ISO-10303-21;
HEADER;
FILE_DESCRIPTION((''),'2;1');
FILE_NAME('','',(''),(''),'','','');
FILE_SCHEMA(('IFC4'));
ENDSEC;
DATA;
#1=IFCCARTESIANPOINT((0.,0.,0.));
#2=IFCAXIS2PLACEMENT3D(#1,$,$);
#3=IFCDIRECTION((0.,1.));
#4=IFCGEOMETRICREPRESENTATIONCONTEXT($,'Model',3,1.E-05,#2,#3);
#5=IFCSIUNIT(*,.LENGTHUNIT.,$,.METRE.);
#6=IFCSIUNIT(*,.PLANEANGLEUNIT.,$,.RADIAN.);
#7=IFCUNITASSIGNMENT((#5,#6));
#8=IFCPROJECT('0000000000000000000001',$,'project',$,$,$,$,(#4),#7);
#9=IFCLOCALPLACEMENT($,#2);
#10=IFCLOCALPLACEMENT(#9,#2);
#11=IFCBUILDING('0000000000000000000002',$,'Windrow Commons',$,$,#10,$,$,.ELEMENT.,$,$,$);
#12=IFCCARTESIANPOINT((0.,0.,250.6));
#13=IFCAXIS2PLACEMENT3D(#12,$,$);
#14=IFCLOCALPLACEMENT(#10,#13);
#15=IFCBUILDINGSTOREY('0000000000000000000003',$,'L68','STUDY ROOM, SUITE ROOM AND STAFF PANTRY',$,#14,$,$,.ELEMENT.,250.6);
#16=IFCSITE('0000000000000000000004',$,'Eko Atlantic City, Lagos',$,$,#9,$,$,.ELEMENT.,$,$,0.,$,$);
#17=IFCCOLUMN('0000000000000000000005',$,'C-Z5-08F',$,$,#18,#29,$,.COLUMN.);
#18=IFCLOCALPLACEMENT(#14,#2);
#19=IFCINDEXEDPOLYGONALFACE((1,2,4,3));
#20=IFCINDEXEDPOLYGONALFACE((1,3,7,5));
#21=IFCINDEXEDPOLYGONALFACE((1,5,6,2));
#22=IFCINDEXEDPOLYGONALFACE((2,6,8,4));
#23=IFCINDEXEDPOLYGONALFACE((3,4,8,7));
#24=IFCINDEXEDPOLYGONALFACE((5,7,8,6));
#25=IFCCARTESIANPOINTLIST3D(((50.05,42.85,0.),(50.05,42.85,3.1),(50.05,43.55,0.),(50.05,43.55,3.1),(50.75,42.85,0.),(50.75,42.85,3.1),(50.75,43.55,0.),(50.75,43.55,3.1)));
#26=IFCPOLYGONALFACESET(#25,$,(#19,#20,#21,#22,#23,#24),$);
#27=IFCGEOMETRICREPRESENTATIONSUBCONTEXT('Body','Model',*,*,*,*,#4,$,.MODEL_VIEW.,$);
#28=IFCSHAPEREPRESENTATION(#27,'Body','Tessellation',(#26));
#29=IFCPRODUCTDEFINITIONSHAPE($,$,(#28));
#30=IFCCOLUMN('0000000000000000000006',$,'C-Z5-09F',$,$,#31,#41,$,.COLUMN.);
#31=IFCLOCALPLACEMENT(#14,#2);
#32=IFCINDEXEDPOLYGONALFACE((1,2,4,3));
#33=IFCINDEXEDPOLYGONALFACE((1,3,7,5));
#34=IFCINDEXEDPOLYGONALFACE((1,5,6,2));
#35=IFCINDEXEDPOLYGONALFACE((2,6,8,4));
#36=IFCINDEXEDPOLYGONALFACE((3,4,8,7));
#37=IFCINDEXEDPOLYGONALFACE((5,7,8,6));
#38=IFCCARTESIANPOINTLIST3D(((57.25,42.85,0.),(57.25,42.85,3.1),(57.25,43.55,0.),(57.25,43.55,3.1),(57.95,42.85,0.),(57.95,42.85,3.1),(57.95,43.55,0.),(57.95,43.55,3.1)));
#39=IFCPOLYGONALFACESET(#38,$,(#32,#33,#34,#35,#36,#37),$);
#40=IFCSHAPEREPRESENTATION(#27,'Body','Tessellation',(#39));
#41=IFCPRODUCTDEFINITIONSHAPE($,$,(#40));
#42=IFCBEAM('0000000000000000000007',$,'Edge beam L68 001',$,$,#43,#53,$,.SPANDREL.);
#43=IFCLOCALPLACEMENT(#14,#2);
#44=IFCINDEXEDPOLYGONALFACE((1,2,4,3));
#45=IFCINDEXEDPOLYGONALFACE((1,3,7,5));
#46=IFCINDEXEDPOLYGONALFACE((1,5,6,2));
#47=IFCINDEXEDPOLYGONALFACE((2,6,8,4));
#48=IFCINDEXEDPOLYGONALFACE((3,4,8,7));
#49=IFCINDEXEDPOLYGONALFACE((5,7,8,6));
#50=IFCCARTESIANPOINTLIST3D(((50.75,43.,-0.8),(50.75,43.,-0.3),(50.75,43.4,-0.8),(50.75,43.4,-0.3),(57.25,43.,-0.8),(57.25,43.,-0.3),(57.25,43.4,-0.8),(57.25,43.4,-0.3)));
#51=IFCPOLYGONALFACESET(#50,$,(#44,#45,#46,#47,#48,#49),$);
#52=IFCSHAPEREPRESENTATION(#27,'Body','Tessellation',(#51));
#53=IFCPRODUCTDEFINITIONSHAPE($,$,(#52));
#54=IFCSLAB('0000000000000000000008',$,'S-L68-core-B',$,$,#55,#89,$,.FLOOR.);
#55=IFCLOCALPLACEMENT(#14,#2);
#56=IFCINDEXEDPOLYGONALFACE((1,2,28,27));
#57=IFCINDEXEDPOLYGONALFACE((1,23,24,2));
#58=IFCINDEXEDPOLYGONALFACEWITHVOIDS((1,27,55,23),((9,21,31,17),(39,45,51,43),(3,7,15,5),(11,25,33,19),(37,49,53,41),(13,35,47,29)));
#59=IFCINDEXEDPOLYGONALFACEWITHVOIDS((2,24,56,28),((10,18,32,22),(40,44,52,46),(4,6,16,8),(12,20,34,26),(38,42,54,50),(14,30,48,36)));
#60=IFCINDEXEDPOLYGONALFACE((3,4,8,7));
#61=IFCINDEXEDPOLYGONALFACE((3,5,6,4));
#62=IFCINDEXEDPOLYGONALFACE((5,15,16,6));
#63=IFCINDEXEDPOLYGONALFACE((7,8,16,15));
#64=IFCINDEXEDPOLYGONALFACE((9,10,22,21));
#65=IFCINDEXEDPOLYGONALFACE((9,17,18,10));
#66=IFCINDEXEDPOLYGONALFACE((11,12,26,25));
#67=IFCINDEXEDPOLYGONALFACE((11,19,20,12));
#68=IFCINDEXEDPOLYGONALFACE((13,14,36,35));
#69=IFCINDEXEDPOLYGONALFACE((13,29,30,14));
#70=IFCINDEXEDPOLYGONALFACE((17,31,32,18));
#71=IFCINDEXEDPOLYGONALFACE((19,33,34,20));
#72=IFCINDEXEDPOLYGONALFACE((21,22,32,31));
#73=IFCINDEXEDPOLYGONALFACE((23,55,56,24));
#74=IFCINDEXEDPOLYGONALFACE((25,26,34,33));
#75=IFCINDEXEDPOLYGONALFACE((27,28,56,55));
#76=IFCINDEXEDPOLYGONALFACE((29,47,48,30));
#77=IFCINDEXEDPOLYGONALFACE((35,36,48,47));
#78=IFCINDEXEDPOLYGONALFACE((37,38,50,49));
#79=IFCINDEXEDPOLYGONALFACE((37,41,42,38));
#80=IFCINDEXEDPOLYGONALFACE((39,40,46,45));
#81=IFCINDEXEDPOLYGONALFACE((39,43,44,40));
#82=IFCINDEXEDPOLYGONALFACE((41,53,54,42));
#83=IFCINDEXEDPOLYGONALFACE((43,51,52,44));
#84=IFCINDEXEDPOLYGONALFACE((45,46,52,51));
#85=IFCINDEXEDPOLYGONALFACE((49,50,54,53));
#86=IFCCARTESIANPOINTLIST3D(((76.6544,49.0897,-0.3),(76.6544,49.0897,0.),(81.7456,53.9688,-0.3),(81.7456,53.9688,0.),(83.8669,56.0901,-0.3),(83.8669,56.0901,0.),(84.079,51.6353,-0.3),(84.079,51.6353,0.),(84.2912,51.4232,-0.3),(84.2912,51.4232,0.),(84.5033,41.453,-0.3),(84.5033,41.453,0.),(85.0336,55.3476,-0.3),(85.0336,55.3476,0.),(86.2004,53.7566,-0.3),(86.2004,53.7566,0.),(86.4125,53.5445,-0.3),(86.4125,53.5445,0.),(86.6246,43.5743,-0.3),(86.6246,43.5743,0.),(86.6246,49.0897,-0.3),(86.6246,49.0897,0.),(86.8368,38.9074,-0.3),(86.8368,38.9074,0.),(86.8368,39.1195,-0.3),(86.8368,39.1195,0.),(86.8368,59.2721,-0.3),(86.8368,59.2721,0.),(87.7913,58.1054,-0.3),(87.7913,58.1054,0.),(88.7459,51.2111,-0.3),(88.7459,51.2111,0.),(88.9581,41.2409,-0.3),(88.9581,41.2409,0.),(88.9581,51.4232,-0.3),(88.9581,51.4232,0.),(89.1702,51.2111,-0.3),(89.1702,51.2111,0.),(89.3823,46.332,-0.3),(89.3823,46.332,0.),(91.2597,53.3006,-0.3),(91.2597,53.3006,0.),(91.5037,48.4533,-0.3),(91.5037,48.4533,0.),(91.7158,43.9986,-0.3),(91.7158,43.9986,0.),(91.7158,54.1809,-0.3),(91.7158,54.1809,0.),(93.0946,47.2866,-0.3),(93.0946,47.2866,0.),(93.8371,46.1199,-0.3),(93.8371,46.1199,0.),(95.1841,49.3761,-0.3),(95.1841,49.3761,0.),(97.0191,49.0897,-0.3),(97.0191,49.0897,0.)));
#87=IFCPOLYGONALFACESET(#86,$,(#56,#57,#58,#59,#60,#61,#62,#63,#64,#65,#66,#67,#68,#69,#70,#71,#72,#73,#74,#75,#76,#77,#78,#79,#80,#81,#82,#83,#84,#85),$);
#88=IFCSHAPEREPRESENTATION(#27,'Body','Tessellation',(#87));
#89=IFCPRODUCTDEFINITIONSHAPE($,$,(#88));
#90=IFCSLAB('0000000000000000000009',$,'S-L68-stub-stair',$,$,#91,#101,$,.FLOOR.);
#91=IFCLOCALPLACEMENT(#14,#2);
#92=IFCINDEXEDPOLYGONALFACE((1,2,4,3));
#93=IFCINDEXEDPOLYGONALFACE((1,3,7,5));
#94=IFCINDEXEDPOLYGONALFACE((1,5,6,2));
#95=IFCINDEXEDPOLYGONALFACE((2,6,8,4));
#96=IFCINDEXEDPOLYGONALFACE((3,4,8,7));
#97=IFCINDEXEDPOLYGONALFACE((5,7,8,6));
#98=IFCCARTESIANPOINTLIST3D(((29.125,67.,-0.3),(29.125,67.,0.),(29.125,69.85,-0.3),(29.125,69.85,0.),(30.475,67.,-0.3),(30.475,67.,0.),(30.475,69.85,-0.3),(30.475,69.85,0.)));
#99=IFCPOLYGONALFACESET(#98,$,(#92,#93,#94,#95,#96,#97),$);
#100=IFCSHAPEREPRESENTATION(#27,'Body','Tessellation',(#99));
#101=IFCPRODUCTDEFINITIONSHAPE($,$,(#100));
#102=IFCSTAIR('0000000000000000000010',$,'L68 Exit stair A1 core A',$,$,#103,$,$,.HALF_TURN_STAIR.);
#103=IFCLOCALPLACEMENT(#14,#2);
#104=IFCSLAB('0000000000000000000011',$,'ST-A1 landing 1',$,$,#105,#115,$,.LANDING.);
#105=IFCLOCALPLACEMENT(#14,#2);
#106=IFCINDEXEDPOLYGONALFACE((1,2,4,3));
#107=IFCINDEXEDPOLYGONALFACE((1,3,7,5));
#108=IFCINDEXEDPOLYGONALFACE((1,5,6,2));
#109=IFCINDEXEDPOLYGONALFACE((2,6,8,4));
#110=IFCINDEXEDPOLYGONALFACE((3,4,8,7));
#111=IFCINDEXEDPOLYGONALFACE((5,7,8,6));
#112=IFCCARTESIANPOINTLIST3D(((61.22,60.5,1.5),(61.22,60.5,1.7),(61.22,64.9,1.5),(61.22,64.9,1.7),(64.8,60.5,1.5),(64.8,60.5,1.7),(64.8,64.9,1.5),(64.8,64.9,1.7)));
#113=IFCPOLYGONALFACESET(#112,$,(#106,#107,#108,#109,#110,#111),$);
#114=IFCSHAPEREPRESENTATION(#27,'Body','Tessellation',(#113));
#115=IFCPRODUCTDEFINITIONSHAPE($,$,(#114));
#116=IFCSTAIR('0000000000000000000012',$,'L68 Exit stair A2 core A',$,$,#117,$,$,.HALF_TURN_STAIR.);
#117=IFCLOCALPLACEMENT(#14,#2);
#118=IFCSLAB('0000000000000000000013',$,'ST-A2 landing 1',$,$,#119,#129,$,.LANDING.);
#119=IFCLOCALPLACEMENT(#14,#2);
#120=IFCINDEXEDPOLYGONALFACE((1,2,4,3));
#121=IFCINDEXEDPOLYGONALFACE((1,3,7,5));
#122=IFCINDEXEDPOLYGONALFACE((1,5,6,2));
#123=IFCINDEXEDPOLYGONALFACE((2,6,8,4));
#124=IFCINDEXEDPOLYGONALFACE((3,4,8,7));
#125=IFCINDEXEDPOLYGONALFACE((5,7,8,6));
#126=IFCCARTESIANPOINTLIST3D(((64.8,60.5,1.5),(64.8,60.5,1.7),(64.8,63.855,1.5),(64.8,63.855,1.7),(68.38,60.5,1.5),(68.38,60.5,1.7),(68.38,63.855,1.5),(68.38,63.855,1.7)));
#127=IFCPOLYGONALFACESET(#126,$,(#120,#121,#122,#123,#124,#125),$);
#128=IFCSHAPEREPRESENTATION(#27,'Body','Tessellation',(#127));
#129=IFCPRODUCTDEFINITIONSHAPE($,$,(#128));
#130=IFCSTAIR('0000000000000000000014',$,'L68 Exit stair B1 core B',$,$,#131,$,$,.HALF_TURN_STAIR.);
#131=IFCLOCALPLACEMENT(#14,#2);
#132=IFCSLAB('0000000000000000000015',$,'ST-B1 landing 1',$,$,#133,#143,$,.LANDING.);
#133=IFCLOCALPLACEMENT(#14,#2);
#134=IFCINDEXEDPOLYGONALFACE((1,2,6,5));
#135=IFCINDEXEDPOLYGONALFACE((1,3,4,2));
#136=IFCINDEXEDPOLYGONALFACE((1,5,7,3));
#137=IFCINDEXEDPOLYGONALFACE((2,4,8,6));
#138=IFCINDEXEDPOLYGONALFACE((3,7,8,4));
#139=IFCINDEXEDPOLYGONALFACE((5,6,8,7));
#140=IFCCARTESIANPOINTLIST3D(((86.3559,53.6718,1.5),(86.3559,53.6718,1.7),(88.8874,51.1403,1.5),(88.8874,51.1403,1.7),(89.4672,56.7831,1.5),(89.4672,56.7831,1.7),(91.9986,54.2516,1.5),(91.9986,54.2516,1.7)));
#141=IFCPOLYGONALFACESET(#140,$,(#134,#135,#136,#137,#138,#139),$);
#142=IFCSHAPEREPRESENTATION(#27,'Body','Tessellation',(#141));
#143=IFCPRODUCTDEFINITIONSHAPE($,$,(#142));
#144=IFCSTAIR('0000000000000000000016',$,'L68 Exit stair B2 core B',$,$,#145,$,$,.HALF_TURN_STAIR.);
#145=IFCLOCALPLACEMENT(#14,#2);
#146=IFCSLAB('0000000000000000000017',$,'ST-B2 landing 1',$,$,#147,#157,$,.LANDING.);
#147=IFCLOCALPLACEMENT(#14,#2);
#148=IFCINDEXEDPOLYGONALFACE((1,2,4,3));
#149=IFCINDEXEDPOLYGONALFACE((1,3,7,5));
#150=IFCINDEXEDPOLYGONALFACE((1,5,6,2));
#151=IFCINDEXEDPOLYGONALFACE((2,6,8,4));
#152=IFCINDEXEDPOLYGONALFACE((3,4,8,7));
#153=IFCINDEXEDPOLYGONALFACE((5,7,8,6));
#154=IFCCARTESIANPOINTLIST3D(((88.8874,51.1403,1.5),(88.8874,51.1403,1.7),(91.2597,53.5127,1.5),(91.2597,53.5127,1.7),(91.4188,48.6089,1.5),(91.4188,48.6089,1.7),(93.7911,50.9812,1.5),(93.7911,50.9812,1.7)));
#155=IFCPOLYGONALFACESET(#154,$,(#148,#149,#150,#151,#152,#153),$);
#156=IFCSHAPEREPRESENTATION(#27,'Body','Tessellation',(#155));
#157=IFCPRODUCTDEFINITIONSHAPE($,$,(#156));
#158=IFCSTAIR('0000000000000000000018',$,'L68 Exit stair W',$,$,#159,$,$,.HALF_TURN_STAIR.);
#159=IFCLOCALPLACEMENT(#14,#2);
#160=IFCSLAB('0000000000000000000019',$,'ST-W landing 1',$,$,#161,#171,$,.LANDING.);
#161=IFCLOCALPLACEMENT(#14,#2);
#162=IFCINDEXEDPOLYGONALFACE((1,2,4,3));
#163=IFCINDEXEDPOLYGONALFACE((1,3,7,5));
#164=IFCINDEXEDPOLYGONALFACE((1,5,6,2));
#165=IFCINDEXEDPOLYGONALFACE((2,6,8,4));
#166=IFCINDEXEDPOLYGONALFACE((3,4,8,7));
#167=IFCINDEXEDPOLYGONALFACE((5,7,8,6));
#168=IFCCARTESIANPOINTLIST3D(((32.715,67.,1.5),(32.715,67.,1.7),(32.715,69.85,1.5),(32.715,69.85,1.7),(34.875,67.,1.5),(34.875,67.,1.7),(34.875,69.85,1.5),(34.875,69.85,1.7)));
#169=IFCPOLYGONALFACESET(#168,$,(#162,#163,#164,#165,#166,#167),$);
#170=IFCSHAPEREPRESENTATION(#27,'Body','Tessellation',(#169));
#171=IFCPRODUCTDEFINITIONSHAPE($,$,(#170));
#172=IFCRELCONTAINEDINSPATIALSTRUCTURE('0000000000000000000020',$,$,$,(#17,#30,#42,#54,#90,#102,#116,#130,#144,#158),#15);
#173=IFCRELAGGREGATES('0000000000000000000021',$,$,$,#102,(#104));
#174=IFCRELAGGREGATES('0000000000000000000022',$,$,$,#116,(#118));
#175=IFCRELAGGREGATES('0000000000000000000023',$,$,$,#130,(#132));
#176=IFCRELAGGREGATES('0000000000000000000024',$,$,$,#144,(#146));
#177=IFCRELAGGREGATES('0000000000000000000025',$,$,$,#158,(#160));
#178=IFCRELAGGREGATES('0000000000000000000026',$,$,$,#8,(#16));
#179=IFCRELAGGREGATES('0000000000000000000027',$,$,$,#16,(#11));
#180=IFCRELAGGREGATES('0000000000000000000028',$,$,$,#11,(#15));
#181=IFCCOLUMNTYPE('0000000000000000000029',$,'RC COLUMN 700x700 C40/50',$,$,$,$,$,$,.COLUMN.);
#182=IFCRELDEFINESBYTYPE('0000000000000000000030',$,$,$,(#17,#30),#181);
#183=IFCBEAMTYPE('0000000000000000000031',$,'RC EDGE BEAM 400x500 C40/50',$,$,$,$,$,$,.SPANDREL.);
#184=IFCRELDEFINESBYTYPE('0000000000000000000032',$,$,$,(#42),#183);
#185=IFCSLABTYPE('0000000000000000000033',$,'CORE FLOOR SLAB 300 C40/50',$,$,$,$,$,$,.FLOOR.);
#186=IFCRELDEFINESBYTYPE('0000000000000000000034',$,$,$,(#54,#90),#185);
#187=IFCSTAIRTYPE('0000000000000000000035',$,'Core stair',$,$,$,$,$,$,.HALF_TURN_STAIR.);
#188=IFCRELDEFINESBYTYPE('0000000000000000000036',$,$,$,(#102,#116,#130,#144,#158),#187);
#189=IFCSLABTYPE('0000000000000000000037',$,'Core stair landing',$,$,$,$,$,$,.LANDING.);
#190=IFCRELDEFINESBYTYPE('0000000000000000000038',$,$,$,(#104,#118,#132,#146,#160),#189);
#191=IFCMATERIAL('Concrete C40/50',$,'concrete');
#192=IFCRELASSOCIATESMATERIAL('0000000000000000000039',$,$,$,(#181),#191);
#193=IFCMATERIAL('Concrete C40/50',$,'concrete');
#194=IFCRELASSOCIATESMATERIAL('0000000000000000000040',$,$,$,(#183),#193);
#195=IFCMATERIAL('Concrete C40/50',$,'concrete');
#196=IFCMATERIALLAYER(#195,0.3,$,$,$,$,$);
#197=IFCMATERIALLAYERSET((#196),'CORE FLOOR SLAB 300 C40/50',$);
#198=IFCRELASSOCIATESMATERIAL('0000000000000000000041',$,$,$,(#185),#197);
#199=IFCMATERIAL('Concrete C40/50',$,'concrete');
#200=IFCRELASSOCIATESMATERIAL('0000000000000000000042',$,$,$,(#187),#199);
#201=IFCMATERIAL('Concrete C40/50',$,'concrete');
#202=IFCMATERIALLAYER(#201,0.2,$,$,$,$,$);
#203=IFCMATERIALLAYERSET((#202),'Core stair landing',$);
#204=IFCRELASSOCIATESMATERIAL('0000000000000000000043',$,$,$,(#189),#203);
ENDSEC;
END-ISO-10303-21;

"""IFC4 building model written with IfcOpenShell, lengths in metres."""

from ifc_helpers import new_model, si_unit, direction, frame, origin, origin_2d, place, context, subcontext, project, spatial, polyline, rectangle, outline, extrude, material, layer, layer_set, material_profile, profile_set, type_object, element, aggregate, save


model = new_model("IFC4")

# Units and contexts
model_context = context("Model", 3, precision=1e-05, world=origin(), true_north=direction((0.0, 1.0)))
body_context = subcontext(model_context, "Body", "Model", "MODEL_VIEW")
ifc_project = project(units=[si_unit("LENGTHUNIT", "METRE"), si_unit("PLANEANGLEUNIT", "RADIAN")], contexts=[model_context])

# Site, building, storey
site_placement = place(None, origin())
site = spatial("IfcSite", under=ifc_project, at=site_placement, Name="Eko Atlantic City, Lagos", CompositionType="ELEMENT", RefElevation=0.0)
building_placement = place(site_placement, origin())
building = spatial("IfcBuilding", under=site, at=building_placement, Name="Windrow Commons", CompositionType="ELEMENT")
storey_placement = place(building_placement, frame((0.0, 0.0, 250.6)))
storey = spatial("IfcBuildingStorey", under=building, at=storey_placement, Name="L68", Description="STUDY ROOM, SUITE ROOM AND STAFF PANTRY", CompositionType="ELEMENT", Elevation=250.6)

# Columns
ifc_material_1 = material(Name="Concrete C40/50", Category="concrete")
ifc_material_profile_1 = material_profile(ifc_material_1, rectangle(XDim=0.7, YDim=0.7, at=origin_2d()))
ifc_profile_set_1 = profile_set([ifc_material_profile_1], Name="Concrete C40/50")
column_type = type_object("IfcColumnType", Name="RC COLUMN 700x700 C40/50", PredefinedType="COLUMN", material=ifc_profile_set_1)
for number, where, z_axis, x_axis, name in (
    (1, (50.4, 43.2, 0.0), (0.0, 0.0, 1.0), (1.0, 0.0, 0.0), "C-Z5-08F"),
    (2, (57.6, 43.2, 0.0), (0.0, 0.0, 1.0), (1.0, 0.0, 0.0), "C-Z5-09F"),
):
    element("IfcColumn", number, at=place(storey_placement, frame(where, z_axis=z_axis, x_axis=x_axis)), inside=storey, type_object=column_type, Name=name, PredefinedType="COLUMN", context=body_context, shape_type="SweptSolid", body=[
        extrude(rectangle(XDim=0.7, YDim=0.7, at=origin_2d()), origin(), (0.0, 0.0, 1.0), 3.1),
    ])

# Beam
ifc_material_2 = material(Name="Concrete C40/50", Category="concrete")
ifc_material_profile_2 = material_profile(ifc_material_2, rectangle(XDim=0.4, YDim=0.5, at=origin_2d()))
ifc_profile_set_2 = profile_set([ifc_material_profile_2], Name="Concrete C40/50")
beam_type = type_object("IfcBeamType", Name="RC EDGE BEAM 400x500 C40/50", PredefinedType="SPANDREL", material=ifc_profile_set_2)
beam_placement = place(storey_placement, frame((57.25, 43.2, -0.55), z_axis=(-1.0, 0.0, 0.0), x_axis=(0.0, -1.0, 0.0)))
element("IfcBeam", 3, at=beam_placement, inside=storey, type_object=beam_type, Name="Edge beam L68 001", PredefinedType="SPANDREL", context=body_context, shape_type="SweptSolid", body=[
    extrude(rectangle(XDim=0.4, YDim=0.5, at=origin_2d()), origin(), (0.0, 0.0, 1.0), 6.5),
])

# Slab, openings
ifc_material_3 = material(Name="Concrete C40/50", Category="concrete")
ifc_layer_1 = layer(ifc_material_3, 0.3)
ifc_layer_set_1 = layer_set([ifc_layer_1], Name="CORE FLOOR SLAB 300 C40/50")
slab_type_1 = type_object("IfcSlabType", Name="CORE FLOOR SLAB 300 C40/50", PredefinedType="FLOOR", material=ifc_layer_set_1)
placement_1 = place(storey_placement, frame((0.0, 0.0, -0.3)))
slab_1 = element("IfcSlab", 4, at=placement_1, inside=storey, type_object=slab_type_1, Name="S-L68-core-B", PredefinedType="FLOOR", context=body_context, shape_type="SweptSolid", body=[
    extrude(outline(polyline([(76.6544, 49.0897), (86.8368, 38.9074), (97.0191, 49.0897), (86.8368, 59.2721), (76.6544, 49.0897)]), holes=[polyline([(84.5033, 41.453), (86.8368, 39.1195), (88.9581, 41.2409), (86.6246, 43.5743), (84.5033, 41.453)]), polyline([(81.7456, 53.9688), (84.079, 51.6353), (86.2004, 53.7566), (83.8669, 56.0901), (81.7456, 53.9688)]), polyline([(84.2912, 51.4232), (86.6246, 49.0897), (88.7459, 51.2111), (86.4125, 53.5445), (84.2912, 51.4232)]), polyline([(89.3823, 46.332), (91.7158, 43.9986), (93.8371, 46.1199), (91.5037, 48.4533), (89.3823, 46.332)]), polyline([(85.0336, 55.3476), (88.9581, 51.4232), (91.7158, 54.1809), (87.7913, 58.1054), (85.0336, 55.3476)]), polyline([(89.1702, 51.2111), (93.0946, 47.2866), (95.1841, 49.3761), (91.2597, 53.3006), (89.1702, 51.2111)])]), origin(), (0.0, 0.0, 1.0), 0.3),
])
opening_1_placement = place(placement_1, origin())
element("IfcOpeningElement", 5, at=opening_1_placement, cuts=slab_1, PredefinedType="OPENING", context=body_context, shape_type="SweptSolid", body=[
    extrude(outline(polyline([(84.5104, 41.453), (86.6246, 43.5672), (88.951, 41.2409), (86.8368, 39.1266), (84.5104, 41.453)])), origin(), (0.0, 0.0, 1.0), 0.3),
])
opening_2_placement = place(placement_1, origin())
element("IfcOpeningElement", 6, at=opening_2_placement, cuts=slab_1, PredefinedType="OPENING", context=body_context, shape_type="SweptSolid", body=[
    extrude(outline(polyline([(81.7527, 53.9688), (83.8669, 56.083), (86.1933, 53.7566), (84.079, 51.6424), (81.7527, 53.9688)])), origin(), (0.0, 0.0, 1.0), 0.3),
])
opening_3_placement = place(placement_1, origin())
element("IfcOpeningElement", 7, at=opening_3_placement, cuts=slab_1, PredefinedType="OPENING", context=body_context, shape_type="SweptSolid", body=[
    extrude(outline(polyline([(84.2983, 51.4232), (86.4125, 53.5374), (88.7388, 51.2111), (86.6246, 49.0968), (84.2983, 51.4232)])), origin(), (0.0, 0.0, 1.0), 0.3),
])
opening_4_placement = place(placement_1, origin())
element("IfcOpeningElement", 8, at=opening_4_placement, cuts=slab_1, PredefinedType="OPENING", context=body_context, shape_type="SweptSolid", body=[
    extrude(outline(polyline([(89.3894, 46.332), (91.5037, 48.4462), (93.83, 46.1199), (91.7158, 44.0057), (89.3894, 46.332)])), origin(), (0.0, 0.0, 1.0), 0.3),
])
opening_5_placement = place(placement_1, origin())
element("IfcOpeningElement", 9, at=opening_5_placement, cuts=slab_1, PredefinedType="OPENING", context=body_context, shape_type="SweptSolid", body=[
    extrude(outline(polyline([(85.0407, 55.3476), (87.7913, 58.0983), (91.7087, 54.1809), (88.9581, 51.4303), (85.0407, 55.3476)])), origin(), (0.0, 0.0, 1.0), 0.3),
])
opening_6_placement = place(placement_1, origin())
element("IfcOpeningElement", 10, at=opening_6_placement, cuts=slab_1, PredefinedType="OPENING", context=body_context, shape_type="SweptSolid", body=[
    extrude(outline(polyline([(89.1773, 51.2111), (91.2597, 53.2935), (95.177, 49.3761), (93.0946, 47.2937), (89.1773, 51.2111)])), origin(), (0.0, 0.0, 1.0), 0.3),
])

# Slab
element("IfcSlab", 11, at=placement_1, inside=storey, type_object=slab_type_1, Name="S-L68-stub-stair", PredefinedType="FLOOR", context=body_context, shape_type="SweptSolid", body=[
    extrude(outline(polyline([(29.125, 67.0), (30.475, 67.0), (30.475, 69.85), (29.125, 69.85), (29.125, 67.0)])), origin(), (0.0, 0.0, 1.0), 0.3),
])

# Stairs, slabs
ifc_material_4 = material(Name="Concrete C40/50", Category="concrete")
stair_type = type_object("IfcStairType", Name="Core stair", PredefinedType="HALF_TURN_STAIR", material=ifc_material_4)
placement_2 = place(storey_placement, origin())
stair_1 = element("IfcStair", 12, at=placement_2, inside=storey, type_object=stair_type, Name="L68 Exit stair A1 core A", PredefinedType="HALF_TURN_STAIR")
ifc_material_5 = material(Name="Concrete C40/50", Category="concrete")
ifc_layer_2 = layer(ifc_material_5, 0.2)
ifc_layer_set_2 = layer_set([ifc_layer_2], Name="Core stair landing")
slab_type_2 = type_object("IfcSlabType", Name="Core stair landing", PredefinedType="LANDING", material=ifc_layer_set_2)
placement_3 = place(storey_placement, frame((0.0, 0.0, 1.5)))
slab_2 = element("IfcSlab", 13, at=placement_3, type_object=slab_type_2, Name="ST-A1 landing 1", PredefinedType="LANDING", context=body_context, shape_type="SweptSolid", body=[
    extrude(outline(polyline([(61.22, 60.5), (64.8, 60.5), (64.8, 64.9), (61.22, 64.9), (61.22, 60.5)])), origin(), (0.0, 0.0, 1.0), 0.2),
])
aggregate(stair_1, [slab_2])
stair_2 = element("IfcStair", 14, at=placement_2, inside=storey, type_object=stair_type, Name="L68 Exit stair A2 core A", PredefinedType="HALF_TURN_STAIR")
slab_3 = element("IfcSlab", 15, at=placement_3, type_object=slab_type_2, Name="ST-A2 landing 1", PredefinedType="LANDING", context=body_context, shape_type="SweptSolid", body=[
    extrude(outline(polyline([(64.8, 60.5), (68.38, 60.5), (68.38, 63.855), (64.8, 63.855), (64.8, 60.5)])), origin(), (0.0, 0.0, 1.0), 0.2),
])
aggregate(stair_2, [slab_3])
stair_3 = element("IfcStair", 16, at=placement_2, inside=storey, type_object=stair_type, Name="L68 Exit stair B1 core B", PredefinedType="HALF_TURN_STAIR")
slab_4 = element("IfcSlab", 17, at=placement_3, type_object=slab_type_2, Name="ST-B1 landing 1", PredefinedType="LANDING", context=body_context, shape_type="SweptSolid", body=[
    extrude(outline(polyline([(86.3559, 53.6718), (88.8874, 51.1403), (91.9986, 54.2516), (89.4672, 56.7831), (86.3559, 53.6718)])), origin(), (0.0, 0.0, 1.0), 0.2),
])
aggregate(stair_3, [slab_4])
stair_4 = element("IfcStair", 18, at=placement_2, inside=storey, type_object=stair_type, Name="L68 Exit stair B2 core B", PredefinedType="HALF_TURN_STAIR")
slab_5 = element("IfcSlab", 19, at=placement_3, type_object=slab_type_2, Name="ST-B2 landing 1", PredefinedType="LANDING", context=body_context, shape_type="SweptSolid", body=[
    extrude(outline(polyline([(88.8874, 51.1403), (91.4188, 48.6089), (93.7911, 50.9812), (91.2597, 53.5127), (88.8874, 51.1403)])), origin(), (0.0, 0.0, 1.0), 0.2),
])
aggregate(stair_4, [slab_5])
stair_5 = element("IfcStair", 20, at=placement_2, inside=storey, type_object=stair_type, Name="L68 Exit stair W", PredefinedType="HALF_TURN_STAIR")
slab_6 = element("IfcSlab", 21, at=placement_3, type_object=slab_type_2, Name="ST-W landing 1", PredefinedType="LANDING", context=body_context, shape_type="SweptSolid", body=[
    extrude(outline(polyline([(32.715, 67.0), (34.875, 67.0), (34.875, 69.85), (32.715, 69.85), (32.715, 67.0)])), origin(), (0.0, 0.0, 1.0), 0.2),
])
aggregate(stair_5, [slab_6])

save(model, "model.ifc")
